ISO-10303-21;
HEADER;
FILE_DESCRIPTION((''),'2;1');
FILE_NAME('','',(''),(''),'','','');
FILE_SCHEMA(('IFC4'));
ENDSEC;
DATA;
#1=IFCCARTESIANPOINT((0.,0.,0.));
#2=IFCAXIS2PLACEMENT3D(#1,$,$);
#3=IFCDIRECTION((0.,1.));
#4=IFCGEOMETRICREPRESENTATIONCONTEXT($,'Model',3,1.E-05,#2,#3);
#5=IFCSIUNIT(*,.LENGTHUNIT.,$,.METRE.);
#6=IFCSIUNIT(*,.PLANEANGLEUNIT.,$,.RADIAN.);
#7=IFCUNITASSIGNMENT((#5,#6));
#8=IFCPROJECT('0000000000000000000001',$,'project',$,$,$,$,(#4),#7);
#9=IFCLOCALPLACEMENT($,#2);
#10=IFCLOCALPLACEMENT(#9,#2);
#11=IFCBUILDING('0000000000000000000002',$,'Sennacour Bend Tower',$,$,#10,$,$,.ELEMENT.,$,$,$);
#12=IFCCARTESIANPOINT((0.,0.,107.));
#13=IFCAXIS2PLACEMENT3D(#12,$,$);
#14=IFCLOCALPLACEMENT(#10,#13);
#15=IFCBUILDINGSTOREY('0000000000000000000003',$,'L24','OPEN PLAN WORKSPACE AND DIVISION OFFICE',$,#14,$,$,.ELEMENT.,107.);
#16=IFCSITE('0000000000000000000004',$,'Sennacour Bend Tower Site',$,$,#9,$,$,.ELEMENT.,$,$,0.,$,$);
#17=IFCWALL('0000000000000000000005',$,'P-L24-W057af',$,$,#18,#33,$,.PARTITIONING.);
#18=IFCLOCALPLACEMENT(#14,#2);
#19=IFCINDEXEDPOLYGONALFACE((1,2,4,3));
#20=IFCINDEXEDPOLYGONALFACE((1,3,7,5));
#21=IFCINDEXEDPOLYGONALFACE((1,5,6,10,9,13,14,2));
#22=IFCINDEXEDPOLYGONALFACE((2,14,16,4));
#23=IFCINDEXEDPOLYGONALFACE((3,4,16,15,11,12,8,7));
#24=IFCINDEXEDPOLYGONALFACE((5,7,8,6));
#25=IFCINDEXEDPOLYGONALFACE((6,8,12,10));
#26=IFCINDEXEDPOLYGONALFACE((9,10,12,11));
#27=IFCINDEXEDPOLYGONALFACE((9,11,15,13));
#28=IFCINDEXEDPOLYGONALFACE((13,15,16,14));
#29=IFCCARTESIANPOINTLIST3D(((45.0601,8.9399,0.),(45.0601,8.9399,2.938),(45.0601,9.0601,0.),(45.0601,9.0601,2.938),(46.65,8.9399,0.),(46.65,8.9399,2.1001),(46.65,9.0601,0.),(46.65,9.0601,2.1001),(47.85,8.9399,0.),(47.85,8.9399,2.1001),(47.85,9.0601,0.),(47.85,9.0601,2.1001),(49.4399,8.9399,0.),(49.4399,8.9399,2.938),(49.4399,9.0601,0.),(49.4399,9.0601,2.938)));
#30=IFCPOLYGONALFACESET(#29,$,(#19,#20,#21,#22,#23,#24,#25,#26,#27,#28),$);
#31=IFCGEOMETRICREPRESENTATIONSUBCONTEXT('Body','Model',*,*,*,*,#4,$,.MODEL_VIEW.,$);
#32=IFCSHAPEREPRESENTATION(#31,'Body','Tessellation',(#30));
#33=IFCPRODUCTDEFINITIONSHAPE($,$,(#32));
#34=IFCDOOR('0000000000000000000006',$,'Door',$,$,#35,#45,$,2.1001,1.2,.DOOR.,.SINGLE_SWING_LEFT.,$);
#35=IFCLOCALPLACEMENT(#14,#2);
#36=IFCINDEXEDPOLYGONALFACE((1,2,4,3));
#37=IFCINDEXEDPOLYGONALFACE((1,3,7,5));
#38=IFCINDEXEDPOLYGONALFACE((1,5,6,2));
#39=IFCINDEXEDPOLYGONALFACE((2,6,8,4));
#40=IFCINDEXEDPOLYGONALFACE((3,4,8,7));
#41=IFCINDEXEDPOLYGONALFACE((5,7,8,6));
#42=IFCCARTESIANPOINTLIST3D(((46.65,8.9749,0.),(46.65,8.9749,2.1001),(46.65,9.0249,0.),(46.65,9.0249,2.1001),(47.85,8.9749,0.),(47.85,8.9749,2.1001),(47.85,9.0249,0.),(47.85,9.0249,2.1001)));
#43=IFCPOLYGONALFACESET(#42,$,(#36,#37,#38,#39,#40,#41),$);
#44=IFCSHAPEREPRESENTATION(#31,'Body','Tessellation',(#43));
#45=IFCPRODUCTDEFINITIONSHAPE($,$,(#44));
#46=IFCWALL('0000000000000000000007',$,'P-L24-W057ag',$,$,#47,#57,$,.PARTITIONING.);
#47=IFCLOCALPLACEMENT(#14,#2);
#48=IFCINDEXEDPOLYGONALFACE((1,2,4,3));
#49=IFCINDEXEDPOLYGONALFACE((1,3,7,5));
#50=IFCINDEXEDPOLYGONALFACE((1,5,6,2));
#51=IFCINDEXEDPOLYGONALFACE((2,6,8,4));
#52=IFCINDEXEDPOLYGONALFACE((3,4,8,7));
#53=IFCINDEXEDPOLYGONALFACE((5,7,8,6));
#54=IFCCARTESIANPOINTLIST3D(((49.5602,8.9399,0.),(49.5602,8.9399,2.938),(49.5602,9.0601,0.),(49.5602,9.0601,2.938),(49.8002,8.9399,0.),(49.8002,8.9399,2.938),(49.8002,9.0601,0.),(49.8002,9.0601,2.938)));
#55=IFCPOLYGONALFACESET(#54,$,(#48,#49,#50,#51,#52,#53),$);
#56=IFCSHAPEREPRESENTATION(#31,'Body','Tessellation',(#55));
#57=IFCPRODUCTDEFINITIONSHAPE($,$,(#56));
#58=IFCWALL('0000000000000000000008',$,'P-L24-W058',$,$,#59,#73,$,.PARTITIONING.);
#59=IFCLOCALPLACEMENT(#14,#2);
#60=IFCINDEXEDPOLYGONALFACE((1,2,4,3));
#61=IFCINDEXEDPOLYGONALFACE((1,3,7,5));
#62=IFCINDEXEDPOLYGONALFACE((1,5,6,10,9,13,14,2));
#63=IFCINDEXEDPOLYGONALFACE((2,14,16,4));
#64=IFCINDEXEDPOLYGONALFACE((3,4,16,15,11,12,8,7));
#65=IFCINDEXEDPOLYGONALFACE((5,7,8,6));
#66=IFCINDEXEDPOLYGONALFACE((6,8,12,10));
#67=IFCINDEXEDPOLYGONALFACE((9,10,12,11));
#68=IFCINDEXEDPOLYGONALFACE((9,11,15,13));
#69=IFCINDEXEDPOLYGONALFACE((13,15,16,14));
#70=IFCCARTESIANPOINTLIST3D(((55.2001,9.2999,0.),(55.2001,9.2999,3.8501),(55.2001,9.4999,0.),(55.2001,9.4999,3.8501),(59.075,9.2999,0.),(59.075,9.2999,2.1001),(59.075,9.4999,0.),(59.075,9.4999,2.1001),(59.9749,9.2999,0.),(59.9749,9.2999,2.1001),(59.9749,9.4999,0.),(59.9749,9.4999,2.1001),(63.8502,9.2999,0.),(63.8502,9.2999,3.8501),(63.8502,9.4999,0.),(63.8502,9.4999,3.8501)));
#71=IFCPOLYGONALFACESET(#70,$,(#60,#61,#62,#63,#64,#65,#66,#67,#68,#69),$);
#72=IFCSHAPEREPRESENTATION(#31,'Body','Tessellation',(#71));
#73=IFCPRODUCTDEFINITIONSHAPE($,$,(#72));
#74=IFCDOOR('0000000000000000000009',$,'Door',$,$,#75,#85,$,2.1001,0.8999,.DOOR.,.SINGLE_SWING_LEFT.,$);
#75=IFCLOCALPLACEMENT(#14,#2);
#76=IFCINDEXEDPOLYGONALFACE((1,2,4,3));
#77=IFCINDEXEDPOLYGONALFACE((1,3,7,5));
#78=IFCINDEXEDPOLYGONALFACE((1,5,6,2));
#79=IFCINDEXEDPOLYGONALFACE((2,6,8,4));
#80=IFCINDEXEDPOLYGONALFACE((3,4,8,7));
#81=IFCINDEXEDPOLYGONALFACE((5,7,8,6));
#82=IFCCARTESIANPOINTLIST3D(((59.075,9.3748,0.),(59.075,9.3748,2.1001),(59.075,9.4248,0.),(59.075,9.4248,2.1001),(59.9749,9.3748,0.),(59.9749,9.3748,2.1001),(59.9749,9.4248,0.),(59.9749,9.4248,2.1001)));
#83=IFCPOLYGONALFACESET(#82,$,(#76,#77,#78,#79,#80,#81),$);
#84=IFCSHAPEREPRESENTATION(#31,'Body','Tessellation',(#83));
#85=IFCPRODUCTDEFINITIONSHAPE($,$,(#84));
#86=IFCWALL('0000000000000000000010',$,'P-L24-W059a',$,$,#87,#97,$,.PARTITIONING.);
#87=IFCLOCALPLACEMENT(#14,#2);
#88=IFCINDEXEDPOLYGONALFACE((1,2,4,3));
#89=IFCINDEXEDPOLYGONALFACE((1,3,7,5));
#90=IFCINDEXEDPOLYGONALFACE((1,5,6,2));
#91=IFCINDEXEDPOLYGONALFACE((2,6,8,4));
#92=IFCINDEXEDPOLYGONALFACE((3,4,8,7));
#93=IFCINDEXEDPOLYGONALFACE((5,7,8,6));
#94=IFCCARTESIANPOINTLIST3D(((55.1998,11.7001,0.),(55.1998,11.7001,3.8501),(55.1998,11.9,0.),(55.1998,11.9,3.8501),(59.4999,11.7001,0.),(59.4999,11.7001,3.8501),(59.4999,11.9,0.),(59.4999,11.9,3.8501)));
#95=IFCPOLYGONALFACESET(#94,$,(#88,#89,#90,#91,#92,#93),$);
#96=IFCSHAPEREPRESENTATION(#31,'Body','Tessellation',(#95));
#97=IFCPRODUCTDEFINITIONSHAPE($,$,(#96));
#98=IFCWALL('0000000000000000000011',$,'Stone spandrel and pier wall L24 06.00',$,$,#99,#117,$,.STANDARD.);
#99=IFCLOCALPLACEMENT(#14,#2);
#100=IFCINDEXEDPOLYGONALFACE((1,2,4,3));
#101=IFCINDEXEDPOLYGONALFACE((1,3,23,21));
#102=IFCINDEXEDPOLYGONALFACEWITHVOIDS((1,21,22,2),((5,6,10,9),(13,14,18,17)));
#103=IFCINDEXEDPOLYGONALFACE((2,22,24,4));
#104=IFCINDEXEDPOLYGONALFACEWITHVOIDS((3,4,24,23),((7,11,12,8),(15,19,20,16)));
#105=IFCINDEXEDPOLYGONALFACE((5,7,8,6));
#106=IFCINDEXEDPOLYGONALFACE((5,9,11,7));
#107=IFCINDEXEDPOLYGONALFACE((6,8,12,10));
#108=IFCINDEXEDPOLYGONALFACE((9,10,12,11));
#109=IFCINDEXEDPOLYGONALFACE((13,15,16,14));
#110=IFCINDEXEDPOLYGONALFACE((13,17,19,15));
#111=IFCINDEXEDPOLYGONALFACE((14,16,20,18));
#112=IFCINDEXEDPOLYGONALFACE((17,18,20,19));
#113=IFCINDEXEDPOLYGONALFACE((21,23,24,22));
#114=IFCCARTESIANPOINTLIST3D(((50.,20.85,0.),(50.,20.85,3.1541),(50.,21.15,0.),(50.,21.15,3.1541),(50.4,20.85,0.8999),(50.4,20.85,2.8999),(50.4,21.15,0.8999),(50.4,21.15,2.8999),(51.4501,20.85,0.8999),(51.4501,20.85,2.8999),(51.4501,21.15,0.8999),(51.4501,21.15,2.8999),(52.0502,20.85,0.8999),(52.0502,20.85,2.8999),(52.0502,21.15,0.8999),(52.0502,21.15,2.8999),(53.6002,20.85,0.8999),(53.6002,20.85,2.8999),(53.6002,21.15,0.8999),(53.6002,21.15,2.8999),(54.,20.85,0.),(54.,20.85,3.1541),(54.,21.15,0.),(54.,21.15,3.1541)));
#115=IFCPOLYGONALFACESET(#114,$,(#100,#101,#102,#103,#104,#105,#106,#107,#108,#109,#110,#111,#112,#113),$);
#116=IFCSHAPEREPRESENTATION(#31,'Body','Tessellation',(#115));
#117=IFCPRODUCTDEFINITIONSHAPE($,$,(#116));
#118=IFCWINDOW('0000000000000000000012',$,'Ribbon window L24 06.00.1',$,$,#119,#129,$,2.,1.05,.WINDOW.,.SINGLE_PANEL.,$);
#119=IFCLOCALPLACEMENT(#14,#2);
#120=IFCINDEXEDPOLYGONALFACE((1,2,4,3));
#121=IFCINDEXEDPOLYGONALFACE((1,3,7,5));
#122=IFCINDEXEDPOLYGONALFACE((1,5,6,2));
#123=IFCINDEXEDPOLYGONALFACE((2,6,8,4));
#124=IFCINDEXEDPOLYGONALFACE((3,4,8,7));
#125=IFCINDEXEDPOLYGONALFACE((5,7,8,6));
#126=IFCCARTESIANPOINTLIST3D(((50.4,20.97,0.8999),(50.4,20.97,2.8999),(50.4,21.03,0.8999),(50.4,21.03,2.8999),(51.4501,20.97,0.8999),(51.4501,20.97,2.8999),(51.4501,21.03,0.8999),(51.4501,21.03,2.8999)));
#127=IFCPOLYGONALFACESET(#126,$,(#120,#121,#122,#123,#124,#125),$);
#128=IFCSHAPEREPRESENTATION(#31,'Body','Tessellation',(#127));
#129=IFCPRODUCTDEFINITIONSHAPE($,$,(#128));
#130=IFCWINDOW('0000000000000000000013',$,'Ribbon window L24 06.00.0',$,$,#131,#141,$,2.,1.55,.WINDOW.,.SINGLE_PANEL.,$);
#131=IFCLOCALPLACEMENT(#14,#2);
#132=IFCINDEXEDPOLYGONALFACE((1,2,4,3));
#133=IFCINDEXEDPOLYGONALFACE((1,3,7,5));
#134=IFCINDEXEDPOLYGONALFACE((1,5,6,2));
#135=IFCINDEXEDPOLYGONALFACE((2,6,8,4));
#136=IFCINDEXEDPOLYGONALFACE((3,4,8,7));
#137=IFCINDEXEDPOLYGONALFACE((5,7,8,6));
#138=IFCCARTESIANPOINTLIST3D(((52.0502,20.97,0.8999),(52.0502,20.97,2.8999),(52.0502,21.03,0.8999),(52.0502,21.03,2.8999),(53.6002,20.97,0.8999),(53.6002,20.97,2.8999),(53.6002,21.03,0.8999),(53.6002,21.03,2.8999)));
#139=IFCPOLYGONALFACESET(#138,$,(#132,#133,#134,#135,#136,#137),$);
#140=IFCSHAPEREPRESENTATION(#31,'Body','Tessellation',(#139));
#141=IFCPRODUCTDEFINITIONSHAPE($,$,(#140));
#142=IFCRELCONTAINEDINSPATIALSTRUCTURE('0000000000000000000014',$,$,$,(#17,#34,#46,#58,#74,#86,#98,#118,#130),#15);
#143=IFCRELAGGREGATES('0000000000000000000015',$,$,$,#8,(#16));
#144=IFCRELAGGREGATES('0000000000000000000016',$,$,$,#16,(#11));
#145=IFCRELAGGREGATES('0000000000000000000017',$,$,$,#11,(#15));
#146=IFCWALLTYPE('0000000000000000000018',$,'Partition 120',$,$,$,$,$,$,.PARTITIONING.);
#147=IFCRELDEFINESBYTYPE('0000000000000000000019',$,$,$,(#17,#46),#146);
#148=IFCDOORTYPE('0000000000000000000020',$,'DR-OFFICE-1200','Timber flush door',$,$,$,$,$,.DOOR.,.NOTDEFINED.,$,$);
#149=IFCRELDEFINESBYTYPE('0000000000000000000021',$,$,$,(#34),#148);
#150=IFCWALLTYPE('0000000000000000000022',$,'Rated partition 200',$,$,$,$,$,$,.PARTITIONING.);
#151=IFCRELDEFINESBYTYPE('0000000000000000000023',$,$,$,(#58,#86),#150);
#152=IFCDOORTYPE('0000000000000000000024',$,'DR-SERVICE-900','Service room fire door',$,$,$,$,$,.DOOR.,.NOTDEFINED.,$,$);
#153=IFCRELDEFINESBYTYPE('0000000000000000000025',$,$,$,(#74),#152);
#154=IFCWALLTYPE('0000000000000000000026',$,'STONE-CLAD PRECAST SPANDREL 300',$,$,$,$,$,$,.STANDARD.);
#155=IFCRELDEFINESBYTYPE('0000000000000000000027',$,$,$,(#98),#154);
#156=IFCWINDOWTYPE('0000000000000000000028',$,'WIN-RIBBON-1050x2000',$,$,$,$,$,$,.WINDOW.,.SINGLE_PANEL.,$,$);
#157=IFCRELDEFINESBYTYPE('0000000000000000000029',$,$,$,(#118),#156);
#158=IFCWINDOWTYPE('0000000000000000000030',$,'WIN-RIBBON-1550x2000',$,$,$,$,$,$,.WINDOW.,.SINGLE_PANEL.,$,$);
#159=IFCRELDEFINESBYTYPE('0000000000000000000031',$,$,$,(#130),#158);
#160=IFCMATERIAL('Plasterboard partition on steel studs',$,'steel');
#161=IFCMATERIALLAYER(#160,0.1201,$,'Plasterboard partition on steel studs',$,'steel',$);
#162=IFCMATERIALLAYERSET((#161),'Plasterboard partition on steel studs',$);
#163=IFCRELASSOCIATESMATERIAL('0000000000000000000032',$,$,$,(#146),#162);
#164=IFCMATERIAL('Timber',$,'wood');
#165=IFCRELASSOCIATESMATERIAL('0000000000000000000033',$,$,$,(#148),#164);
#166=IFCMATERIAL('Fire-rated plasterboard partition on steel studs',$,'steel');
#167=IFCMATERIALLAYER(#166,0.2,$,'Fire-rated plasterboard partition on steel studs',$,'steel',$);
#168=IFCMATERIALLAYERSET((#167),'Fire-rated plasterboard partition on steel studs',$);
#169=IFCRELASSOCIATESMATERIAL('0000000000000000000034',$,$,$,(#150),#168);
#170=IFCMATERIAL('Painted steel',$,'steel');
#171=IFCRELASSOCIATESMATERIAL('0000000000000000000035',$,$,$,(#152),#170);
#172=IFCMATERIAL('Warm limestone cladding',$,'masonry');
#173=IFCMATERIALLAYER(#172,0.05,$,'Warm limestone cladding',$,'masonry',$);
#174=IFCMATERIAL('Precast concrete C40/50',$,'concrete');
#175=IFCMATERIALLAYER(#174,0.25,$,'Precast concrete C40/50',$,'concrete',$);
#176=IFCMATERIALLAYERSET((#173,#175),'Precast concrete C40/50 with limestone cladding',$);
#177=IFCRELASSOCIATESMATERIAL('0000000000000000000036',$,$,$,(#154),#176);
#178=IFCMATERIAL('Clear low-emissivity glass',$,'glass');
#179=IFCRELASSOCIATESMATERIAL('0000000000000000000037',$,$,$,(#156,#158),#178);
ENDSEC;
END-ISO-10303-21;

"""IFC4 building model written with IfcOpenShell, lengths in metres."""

from ifc_helpers import new_model, si_unit, direction, frame, frame_2d, origin, place, context, subcontext, project, spatial, rectangle, extrude, material, layer, layer_set, type_object, element, fill, save


model = new_model("IFC4")

# Units and contexts
model_context = context("Model", 3, precision=1e-05, world=origin(), true_north=direction((0.0, 1.0)))
body_context = subcontext(model_context, "Body", "Model", "MODEL_VIEW")
ifc_project = project(units=[si_unit("LENGTHUNIT", "METRE"), si_unit("PLANEANGLEUNIT", "RADIAN")], contexts=[model_context])

# Site, building, storey
site_placement = place(None, origin())
site = spatial("IfcSite", under=ifc_project, at=site_placement, Name="Sennacour Bend Tower Site", CompositionType="ELEMENT", RefElevation=0.0)
building_placement = place(site_placement, origin())
building = spatial("IfcBuilding", under=site, at=building_placement, Name="Sennacour Bend Tower", CompositionType="ELEMENT")
storey_placement = place(building_placement, frame((0.0, 0.0, 107.0)))
storey = spatial("IfcBuildingStorey", under=building, at=storey_placement, Name="L24", Description="OPEN PLAN WORKSPACE AND DIVISION OFFICE", CompositionType="ELEMENT", Elevation=107.0)

# Shared definitions
ifc_material_1 = material(Name="Plasterboard partition on steel studs", Category="steel")
ifc_layer_1 = layer(ifc_material_1, 0.1201, Name="Plasterboard partition on steel studs", Category="steel")
ifc_layer_set_1 = layer_set([ifc_layer_1], Name="Plasterboard partition on steel studs")
wall_type_1 = type_object("IfcWallType", Name="Partition 120", PredefinedType="PARTITIONING", material=ifc_layer_set_1)

# Wall, opening, door
wall_1_placement = place(storey_placement, frame((45.0601, 9.0, 0.0), z_axis=(0.0, 0.0, 1.0), x_axis=(1.0, 0.0, 0.0)))
wall_1 = element("IfcWall", 1, at=wall_1_placement, inside=storey, type_object=wall_type_1, Name="P-L24-W057af", PredefinedType="PARTITIONING", context=body_context, shape_type="SweptSolid", body=[
    extrude(rectangle(XDim=4.3799, YDim=0.1201, at=frame_2d((2.1899, 0.0))), origin(), (0.0, 0.0, 1.0), 2.938),
])
opening_1_placement = place(wall_1_placement, frame((1.5898, 0.0, 0.0)))
opening_1 = element("IfcOpeningElement", 2, at=opening_1_placement, cuts=wall_1, PredefinedType="OPENING", context=body_context, shape_type="SweptSolid", body=[
    extrude(rectangle(XDim=1.2, YDim=2.1001, at=frame_2d((0.6001, 1.05))), frame((0.0, 0.0701, 0.0), z_axis=(0.0, -1.0, 0.0), x_axis=(1.0, 0.0, 0.0)), (0.0, 0.0, 1.0), 0.1401),
])
ifc_material_2 = material(Name="Timber", Category="wood")
door_type_1 = type_object("IfcDoorType", Name="DR-OFFICE-1200", Description="Timber flush door", OperationType="NOTDEFINED", PredefinedType="DOOR", material=ifc_material_2)
door_1_placement = place(opening_1_placement, origin())
door_1 = element("IfcDoor", 3, at=door_1_placement, inside=storey, type_object=door_type_1, Name="Door", OperationType="SINGLE_SWING_LEFT", OverallHeight=2.1001, OverallWidth=1.2, PredefinedType="DOOR", context=body_context, shape_type="SweptSolid", body=[
    extrude(rectangle(XDim=1.2, YDim=2.1001, at=frame_2d((0.6001, 1.05))), frame((0.0, 0.0249, 0.0), z_axis=(0.0, -1.0, 0.0), x_axis=(1.0, 0.0, 0.0)), (0.0, 0.0, 1.0), 0.05),
])
fill(opening_1, door_1)

# Wall
wall_2_placement = place(storey_placement, frame((49.5601, 9.0, 0.0), z_axis=(0.0, 0.0, 1.0), x_axis=(1.0, 0.0, 0.0)))
element("IfcWall", 4, at=wall_2_placement, inside=storey, type_object=wall_type_1, Name="P-L24-W057ag", PredefinedType="PARTITIONING", context=body_context, shape_type="SweptSolid", body=[
    extrude(rectangle(XDim=0.24, YDim=0.1201, at=frame_2d((0.1201, 0.0))), origin(), (0.0, 0.0, 1.0), 2.938),
])

# Wall, opening, door
ifc_material_3 = material(Name="Fire-rated plasterboard partition on steel studs", Category="steel")
ifc_layer_2 = layer(ifc_material_3, 0.2, Name="Fire-rated plasterboard partition on steel studs", Category="steel")
ifc_layer_set_2 = layer_set([ifc_layer_2], Name="Fire-rated plasterboard partition on steel studs")
wall_type_2 = type_object("IfcWallType", Name="Rated partition 200", PredefinedType="PARTITIONING", material=ifc_layer_set_2)
wall_3_placement = place(storey_placement, frame((55.2, 9.3999, 0.0), z_axis=(0.0, 0.0, 1.0), x_axis=(1.0, 0.0, 0.0)))
wall_3 = element("IfcWall", 5, at=wall_3_placement, inside=storey, type_object=wall_type_2, Name="P-L24-W058", PredefinedType="PARTITIONING", context=body_context, shape_type="SweptSolid", body=[
    extrude(rectangle(XDim=8.6501, YDim=0.2, at=frame_2d((4.3252, 0.0))), origin(), (0.0, 0.0, 1.0), 3.8501),
])
opening_2_placement = place(wall_3_placement, frame((3.875, 0.0, 0.0)))
opening_2 = element("IfcOpeningElement", 6, at=opening_2_placement, cuts=wall_3, PredefinedType="OPENING", context=body_context, shape_type="SweptSolid", body=[
    extrude(rectangle(XDim=0.8999, YDim=2.1001, at=frame_2d((0.45, 1.05))), frame((0.0, 0.1099, 0.0), z_axis=(0.0, -1.0, 0.0), x_axis=(1.0, 0.0, 0.0)), (0.0, 0.0, 1.0), 0.22),
])
ifc_material_4 = material(Name="Painted steel", Category="steel")
door_type_2 = type_object("IfcDoorType", Name="DR-SERVICE-900", Description="Service room fire door", OperationType="NOTDEFINED", PredefinedType="DOOR", material=ifc_material_4)
door_2_placement = place(opening_2_placement, origin())
door_2 = element("IfcDoor", 7, at=door_2_placement, inside=storey, type_object=door_type_2, Name="Door", OperationType="SINGLE_SWING_LEFT", OverallHeight=2.1001, OverallWidth=0.8999, PredefinedType="DOOR", context=body_context, shape_type="SweptSolid", body=[
    extrude(rectangle(XDim=0.8999, YDim=2.1001, at=frame_2d((0.45, 1.05))), frame((0.0, 0.0249, 0.0), z_axis=(0.0, -1.0, 0.0), x_axis=(1.0, 0.0, 0.0)), (0.0, 0.0, 1.0), 0.05),
])
fill(opening_2, door_2)

# Wall
wall_4_placement = place(storey_placement, frame((55.2, 11.8, 0.0), z_axis=(0.0, 0.0, 1.0), x_axis=(1.0, 0.0, 0.0)))
element("IfcWall", 8, at=wall_4_placement, inside=storey, type_object=wall_type_2, Name="P-L24-W059a", PredefinedType="PARTITIONING", context=body_context, shape_type="SweptSolid", body=[
    extrude(rectangle(XDim=4.3, YDim=0.2, at=frame_2d((2.1499, 0.0))), origin(), (0.0, 0.0, 1.0), 3.8501),
])

# Wall, openings, windows
ifc_material_5 = material(Name="Warm limestone cladding", Category="masonry")
ifc_layer_3 = layer(ifc_material_5, 0.05, Name="Warm limestone cladding", Category="masonry")
ifc_material_6 = material(Name="Precast concrete C40/50", Category="concrete")
ifc_layer_4 = layer(ifc_material_6, 0.25, Name="Precast concrete C40/50", Category="concrete")
ifc_layer_set_3 = layer_set([ifc_layer_3, ifc_layer_4], Name="Precast concrete C40/50 with limestone cladding")
wall_type_3 = type_object("IfcWallType", Name="STONE-CLAD PRECAST SPANDREL 300", PredefinedType="STANDARD", material=ifc_layer_set_3)
wall_5_placement = place(storey_placement, frame((54.0, 21.0, 0.0), z_axis=(0.0, 0.0, 1.0), x_axis=(-1.0, 0.0, 0.0)))
wall_5 = element("IfcWall", 9, at=wall_5_placement, inside=storey, type_object=wall_type_3, Name="Stone spandrel and pier wall L24 06.00", PredefinedType="STANDARD", context=body_context, shape_type="SweptSolid", body=[
    extrude(rectangle(XDim=4.0, YDim=0.3, at=frame_2d((2.0, 0.0))), origin(), (0.0, 0.0, 1.0), 3.1541),
])
opening_3_placement = place(wall_5_placement, frame((0.3999, 0.0, 0.8999)))
opening_3 = element("IfcOpeningElement", 10, at=opening_3_placement, cuts=wall_5, PredefinedType="OPENING", context=body_context, shape_type="SweptSolid", body=[
    extrude(rectangle(XDim=1.55, YDim=2.0, at=frame_2d((0.7749, 1.0))), frame((0.0, 0.1602, 0.0), z_axis=(0.0, -1.0, 0.0), x_axis=(1.0, 0.0, 0.0)), (0.0, 0.0, 1.0), 0.3201),
])
opening_4_placement = place(wall_5_placement, frame((2.55, 0.0, 0.8999)))
opening_4 = element("IfcOpeningElement", 11, at=opening_4_placement, cuts=wall_5, PredefinedType="OPENING", context=body_context, shape_type="SweptSolid", body=[
    extrude(rectangle(XDim=1.05, YDim=2.0, at=frame_2d((0.5249, 1.0))), frame((0.0, 0.1602, 0.0), z_axis=(0.0, -1.0, 0.0), x_axis=(1.0, 0.0, 0.0)), (0.0, 0.0, 1.0), 0.3201),
])
ifc_material_7 = material(Name="Clear low-emissivity glass", Category="glass")
window_type_1 = type_object("IfcWindowType", Name="WIN-RIBBON-1050x2000", PartitioningType="SINGLE_PANEL", PredefinedType="WINDOW", material=ifc_material_7)
window_1_placement = place(opening_4_placement, origin())
window_1 = element("IfcWindow", 12, at=window_1_placement, inside=storey, type_object=window_type_1, Name="Ribbon window L24 06.00.1", OverallHeight=2.0, OverallWidth=1.05, PartitioningType="SINGLE_PANEL", PredefinedType="WINDOW", context=body_context, shape_type="SweptSolid", body=[
    extrude(rectangle(XDim=1.05, YDim=2.0, at=frame_2d((0.5249, 1.0))), frame((0.0, 0.03, 0.0), z_axis=(0.0, -1.0, 0.0), x_axis=(1.0, 0.0, 0.0)), (0.0, 0.0, 1.0), 0.0601),
])
fill(opening_4, window_1)
window_type_2 = type_object("IfcWindowType", Name="WIN-RIBBON-1550x2000", PartitioningType="SINGLE_PANEL", PredefinedType="WINDOW", material=ifc_material_7)
window_2_placement = place(opening_3_placement, origin())
window_2 = element("IfcWindow", 13, at=window_2_placement, inside=storey, type_object=window_type_2, Name="Ribbon window L24 06.00.0", OverallHeight=2.0, OverallWidth=1.55, PartitioningType="SINGLE_PANEL", PredefinedType="WINDOW", context=body_context, shape_type="SweptSolid", body=[
    extrude(rectangle(XDim=1.55, YDim=2.0, at=frame_2d((0.7749, 1.0))), frame((0.0, 0.03, 0.0), z_axis=(0.0, -1.0, 0.0), x_axis=(1.0, 0.0, 0.0)), (0.0, 0.0, 1.0), 0.0601),
])
fill(opening_3, window_2)

save(model, "model.ifc")
